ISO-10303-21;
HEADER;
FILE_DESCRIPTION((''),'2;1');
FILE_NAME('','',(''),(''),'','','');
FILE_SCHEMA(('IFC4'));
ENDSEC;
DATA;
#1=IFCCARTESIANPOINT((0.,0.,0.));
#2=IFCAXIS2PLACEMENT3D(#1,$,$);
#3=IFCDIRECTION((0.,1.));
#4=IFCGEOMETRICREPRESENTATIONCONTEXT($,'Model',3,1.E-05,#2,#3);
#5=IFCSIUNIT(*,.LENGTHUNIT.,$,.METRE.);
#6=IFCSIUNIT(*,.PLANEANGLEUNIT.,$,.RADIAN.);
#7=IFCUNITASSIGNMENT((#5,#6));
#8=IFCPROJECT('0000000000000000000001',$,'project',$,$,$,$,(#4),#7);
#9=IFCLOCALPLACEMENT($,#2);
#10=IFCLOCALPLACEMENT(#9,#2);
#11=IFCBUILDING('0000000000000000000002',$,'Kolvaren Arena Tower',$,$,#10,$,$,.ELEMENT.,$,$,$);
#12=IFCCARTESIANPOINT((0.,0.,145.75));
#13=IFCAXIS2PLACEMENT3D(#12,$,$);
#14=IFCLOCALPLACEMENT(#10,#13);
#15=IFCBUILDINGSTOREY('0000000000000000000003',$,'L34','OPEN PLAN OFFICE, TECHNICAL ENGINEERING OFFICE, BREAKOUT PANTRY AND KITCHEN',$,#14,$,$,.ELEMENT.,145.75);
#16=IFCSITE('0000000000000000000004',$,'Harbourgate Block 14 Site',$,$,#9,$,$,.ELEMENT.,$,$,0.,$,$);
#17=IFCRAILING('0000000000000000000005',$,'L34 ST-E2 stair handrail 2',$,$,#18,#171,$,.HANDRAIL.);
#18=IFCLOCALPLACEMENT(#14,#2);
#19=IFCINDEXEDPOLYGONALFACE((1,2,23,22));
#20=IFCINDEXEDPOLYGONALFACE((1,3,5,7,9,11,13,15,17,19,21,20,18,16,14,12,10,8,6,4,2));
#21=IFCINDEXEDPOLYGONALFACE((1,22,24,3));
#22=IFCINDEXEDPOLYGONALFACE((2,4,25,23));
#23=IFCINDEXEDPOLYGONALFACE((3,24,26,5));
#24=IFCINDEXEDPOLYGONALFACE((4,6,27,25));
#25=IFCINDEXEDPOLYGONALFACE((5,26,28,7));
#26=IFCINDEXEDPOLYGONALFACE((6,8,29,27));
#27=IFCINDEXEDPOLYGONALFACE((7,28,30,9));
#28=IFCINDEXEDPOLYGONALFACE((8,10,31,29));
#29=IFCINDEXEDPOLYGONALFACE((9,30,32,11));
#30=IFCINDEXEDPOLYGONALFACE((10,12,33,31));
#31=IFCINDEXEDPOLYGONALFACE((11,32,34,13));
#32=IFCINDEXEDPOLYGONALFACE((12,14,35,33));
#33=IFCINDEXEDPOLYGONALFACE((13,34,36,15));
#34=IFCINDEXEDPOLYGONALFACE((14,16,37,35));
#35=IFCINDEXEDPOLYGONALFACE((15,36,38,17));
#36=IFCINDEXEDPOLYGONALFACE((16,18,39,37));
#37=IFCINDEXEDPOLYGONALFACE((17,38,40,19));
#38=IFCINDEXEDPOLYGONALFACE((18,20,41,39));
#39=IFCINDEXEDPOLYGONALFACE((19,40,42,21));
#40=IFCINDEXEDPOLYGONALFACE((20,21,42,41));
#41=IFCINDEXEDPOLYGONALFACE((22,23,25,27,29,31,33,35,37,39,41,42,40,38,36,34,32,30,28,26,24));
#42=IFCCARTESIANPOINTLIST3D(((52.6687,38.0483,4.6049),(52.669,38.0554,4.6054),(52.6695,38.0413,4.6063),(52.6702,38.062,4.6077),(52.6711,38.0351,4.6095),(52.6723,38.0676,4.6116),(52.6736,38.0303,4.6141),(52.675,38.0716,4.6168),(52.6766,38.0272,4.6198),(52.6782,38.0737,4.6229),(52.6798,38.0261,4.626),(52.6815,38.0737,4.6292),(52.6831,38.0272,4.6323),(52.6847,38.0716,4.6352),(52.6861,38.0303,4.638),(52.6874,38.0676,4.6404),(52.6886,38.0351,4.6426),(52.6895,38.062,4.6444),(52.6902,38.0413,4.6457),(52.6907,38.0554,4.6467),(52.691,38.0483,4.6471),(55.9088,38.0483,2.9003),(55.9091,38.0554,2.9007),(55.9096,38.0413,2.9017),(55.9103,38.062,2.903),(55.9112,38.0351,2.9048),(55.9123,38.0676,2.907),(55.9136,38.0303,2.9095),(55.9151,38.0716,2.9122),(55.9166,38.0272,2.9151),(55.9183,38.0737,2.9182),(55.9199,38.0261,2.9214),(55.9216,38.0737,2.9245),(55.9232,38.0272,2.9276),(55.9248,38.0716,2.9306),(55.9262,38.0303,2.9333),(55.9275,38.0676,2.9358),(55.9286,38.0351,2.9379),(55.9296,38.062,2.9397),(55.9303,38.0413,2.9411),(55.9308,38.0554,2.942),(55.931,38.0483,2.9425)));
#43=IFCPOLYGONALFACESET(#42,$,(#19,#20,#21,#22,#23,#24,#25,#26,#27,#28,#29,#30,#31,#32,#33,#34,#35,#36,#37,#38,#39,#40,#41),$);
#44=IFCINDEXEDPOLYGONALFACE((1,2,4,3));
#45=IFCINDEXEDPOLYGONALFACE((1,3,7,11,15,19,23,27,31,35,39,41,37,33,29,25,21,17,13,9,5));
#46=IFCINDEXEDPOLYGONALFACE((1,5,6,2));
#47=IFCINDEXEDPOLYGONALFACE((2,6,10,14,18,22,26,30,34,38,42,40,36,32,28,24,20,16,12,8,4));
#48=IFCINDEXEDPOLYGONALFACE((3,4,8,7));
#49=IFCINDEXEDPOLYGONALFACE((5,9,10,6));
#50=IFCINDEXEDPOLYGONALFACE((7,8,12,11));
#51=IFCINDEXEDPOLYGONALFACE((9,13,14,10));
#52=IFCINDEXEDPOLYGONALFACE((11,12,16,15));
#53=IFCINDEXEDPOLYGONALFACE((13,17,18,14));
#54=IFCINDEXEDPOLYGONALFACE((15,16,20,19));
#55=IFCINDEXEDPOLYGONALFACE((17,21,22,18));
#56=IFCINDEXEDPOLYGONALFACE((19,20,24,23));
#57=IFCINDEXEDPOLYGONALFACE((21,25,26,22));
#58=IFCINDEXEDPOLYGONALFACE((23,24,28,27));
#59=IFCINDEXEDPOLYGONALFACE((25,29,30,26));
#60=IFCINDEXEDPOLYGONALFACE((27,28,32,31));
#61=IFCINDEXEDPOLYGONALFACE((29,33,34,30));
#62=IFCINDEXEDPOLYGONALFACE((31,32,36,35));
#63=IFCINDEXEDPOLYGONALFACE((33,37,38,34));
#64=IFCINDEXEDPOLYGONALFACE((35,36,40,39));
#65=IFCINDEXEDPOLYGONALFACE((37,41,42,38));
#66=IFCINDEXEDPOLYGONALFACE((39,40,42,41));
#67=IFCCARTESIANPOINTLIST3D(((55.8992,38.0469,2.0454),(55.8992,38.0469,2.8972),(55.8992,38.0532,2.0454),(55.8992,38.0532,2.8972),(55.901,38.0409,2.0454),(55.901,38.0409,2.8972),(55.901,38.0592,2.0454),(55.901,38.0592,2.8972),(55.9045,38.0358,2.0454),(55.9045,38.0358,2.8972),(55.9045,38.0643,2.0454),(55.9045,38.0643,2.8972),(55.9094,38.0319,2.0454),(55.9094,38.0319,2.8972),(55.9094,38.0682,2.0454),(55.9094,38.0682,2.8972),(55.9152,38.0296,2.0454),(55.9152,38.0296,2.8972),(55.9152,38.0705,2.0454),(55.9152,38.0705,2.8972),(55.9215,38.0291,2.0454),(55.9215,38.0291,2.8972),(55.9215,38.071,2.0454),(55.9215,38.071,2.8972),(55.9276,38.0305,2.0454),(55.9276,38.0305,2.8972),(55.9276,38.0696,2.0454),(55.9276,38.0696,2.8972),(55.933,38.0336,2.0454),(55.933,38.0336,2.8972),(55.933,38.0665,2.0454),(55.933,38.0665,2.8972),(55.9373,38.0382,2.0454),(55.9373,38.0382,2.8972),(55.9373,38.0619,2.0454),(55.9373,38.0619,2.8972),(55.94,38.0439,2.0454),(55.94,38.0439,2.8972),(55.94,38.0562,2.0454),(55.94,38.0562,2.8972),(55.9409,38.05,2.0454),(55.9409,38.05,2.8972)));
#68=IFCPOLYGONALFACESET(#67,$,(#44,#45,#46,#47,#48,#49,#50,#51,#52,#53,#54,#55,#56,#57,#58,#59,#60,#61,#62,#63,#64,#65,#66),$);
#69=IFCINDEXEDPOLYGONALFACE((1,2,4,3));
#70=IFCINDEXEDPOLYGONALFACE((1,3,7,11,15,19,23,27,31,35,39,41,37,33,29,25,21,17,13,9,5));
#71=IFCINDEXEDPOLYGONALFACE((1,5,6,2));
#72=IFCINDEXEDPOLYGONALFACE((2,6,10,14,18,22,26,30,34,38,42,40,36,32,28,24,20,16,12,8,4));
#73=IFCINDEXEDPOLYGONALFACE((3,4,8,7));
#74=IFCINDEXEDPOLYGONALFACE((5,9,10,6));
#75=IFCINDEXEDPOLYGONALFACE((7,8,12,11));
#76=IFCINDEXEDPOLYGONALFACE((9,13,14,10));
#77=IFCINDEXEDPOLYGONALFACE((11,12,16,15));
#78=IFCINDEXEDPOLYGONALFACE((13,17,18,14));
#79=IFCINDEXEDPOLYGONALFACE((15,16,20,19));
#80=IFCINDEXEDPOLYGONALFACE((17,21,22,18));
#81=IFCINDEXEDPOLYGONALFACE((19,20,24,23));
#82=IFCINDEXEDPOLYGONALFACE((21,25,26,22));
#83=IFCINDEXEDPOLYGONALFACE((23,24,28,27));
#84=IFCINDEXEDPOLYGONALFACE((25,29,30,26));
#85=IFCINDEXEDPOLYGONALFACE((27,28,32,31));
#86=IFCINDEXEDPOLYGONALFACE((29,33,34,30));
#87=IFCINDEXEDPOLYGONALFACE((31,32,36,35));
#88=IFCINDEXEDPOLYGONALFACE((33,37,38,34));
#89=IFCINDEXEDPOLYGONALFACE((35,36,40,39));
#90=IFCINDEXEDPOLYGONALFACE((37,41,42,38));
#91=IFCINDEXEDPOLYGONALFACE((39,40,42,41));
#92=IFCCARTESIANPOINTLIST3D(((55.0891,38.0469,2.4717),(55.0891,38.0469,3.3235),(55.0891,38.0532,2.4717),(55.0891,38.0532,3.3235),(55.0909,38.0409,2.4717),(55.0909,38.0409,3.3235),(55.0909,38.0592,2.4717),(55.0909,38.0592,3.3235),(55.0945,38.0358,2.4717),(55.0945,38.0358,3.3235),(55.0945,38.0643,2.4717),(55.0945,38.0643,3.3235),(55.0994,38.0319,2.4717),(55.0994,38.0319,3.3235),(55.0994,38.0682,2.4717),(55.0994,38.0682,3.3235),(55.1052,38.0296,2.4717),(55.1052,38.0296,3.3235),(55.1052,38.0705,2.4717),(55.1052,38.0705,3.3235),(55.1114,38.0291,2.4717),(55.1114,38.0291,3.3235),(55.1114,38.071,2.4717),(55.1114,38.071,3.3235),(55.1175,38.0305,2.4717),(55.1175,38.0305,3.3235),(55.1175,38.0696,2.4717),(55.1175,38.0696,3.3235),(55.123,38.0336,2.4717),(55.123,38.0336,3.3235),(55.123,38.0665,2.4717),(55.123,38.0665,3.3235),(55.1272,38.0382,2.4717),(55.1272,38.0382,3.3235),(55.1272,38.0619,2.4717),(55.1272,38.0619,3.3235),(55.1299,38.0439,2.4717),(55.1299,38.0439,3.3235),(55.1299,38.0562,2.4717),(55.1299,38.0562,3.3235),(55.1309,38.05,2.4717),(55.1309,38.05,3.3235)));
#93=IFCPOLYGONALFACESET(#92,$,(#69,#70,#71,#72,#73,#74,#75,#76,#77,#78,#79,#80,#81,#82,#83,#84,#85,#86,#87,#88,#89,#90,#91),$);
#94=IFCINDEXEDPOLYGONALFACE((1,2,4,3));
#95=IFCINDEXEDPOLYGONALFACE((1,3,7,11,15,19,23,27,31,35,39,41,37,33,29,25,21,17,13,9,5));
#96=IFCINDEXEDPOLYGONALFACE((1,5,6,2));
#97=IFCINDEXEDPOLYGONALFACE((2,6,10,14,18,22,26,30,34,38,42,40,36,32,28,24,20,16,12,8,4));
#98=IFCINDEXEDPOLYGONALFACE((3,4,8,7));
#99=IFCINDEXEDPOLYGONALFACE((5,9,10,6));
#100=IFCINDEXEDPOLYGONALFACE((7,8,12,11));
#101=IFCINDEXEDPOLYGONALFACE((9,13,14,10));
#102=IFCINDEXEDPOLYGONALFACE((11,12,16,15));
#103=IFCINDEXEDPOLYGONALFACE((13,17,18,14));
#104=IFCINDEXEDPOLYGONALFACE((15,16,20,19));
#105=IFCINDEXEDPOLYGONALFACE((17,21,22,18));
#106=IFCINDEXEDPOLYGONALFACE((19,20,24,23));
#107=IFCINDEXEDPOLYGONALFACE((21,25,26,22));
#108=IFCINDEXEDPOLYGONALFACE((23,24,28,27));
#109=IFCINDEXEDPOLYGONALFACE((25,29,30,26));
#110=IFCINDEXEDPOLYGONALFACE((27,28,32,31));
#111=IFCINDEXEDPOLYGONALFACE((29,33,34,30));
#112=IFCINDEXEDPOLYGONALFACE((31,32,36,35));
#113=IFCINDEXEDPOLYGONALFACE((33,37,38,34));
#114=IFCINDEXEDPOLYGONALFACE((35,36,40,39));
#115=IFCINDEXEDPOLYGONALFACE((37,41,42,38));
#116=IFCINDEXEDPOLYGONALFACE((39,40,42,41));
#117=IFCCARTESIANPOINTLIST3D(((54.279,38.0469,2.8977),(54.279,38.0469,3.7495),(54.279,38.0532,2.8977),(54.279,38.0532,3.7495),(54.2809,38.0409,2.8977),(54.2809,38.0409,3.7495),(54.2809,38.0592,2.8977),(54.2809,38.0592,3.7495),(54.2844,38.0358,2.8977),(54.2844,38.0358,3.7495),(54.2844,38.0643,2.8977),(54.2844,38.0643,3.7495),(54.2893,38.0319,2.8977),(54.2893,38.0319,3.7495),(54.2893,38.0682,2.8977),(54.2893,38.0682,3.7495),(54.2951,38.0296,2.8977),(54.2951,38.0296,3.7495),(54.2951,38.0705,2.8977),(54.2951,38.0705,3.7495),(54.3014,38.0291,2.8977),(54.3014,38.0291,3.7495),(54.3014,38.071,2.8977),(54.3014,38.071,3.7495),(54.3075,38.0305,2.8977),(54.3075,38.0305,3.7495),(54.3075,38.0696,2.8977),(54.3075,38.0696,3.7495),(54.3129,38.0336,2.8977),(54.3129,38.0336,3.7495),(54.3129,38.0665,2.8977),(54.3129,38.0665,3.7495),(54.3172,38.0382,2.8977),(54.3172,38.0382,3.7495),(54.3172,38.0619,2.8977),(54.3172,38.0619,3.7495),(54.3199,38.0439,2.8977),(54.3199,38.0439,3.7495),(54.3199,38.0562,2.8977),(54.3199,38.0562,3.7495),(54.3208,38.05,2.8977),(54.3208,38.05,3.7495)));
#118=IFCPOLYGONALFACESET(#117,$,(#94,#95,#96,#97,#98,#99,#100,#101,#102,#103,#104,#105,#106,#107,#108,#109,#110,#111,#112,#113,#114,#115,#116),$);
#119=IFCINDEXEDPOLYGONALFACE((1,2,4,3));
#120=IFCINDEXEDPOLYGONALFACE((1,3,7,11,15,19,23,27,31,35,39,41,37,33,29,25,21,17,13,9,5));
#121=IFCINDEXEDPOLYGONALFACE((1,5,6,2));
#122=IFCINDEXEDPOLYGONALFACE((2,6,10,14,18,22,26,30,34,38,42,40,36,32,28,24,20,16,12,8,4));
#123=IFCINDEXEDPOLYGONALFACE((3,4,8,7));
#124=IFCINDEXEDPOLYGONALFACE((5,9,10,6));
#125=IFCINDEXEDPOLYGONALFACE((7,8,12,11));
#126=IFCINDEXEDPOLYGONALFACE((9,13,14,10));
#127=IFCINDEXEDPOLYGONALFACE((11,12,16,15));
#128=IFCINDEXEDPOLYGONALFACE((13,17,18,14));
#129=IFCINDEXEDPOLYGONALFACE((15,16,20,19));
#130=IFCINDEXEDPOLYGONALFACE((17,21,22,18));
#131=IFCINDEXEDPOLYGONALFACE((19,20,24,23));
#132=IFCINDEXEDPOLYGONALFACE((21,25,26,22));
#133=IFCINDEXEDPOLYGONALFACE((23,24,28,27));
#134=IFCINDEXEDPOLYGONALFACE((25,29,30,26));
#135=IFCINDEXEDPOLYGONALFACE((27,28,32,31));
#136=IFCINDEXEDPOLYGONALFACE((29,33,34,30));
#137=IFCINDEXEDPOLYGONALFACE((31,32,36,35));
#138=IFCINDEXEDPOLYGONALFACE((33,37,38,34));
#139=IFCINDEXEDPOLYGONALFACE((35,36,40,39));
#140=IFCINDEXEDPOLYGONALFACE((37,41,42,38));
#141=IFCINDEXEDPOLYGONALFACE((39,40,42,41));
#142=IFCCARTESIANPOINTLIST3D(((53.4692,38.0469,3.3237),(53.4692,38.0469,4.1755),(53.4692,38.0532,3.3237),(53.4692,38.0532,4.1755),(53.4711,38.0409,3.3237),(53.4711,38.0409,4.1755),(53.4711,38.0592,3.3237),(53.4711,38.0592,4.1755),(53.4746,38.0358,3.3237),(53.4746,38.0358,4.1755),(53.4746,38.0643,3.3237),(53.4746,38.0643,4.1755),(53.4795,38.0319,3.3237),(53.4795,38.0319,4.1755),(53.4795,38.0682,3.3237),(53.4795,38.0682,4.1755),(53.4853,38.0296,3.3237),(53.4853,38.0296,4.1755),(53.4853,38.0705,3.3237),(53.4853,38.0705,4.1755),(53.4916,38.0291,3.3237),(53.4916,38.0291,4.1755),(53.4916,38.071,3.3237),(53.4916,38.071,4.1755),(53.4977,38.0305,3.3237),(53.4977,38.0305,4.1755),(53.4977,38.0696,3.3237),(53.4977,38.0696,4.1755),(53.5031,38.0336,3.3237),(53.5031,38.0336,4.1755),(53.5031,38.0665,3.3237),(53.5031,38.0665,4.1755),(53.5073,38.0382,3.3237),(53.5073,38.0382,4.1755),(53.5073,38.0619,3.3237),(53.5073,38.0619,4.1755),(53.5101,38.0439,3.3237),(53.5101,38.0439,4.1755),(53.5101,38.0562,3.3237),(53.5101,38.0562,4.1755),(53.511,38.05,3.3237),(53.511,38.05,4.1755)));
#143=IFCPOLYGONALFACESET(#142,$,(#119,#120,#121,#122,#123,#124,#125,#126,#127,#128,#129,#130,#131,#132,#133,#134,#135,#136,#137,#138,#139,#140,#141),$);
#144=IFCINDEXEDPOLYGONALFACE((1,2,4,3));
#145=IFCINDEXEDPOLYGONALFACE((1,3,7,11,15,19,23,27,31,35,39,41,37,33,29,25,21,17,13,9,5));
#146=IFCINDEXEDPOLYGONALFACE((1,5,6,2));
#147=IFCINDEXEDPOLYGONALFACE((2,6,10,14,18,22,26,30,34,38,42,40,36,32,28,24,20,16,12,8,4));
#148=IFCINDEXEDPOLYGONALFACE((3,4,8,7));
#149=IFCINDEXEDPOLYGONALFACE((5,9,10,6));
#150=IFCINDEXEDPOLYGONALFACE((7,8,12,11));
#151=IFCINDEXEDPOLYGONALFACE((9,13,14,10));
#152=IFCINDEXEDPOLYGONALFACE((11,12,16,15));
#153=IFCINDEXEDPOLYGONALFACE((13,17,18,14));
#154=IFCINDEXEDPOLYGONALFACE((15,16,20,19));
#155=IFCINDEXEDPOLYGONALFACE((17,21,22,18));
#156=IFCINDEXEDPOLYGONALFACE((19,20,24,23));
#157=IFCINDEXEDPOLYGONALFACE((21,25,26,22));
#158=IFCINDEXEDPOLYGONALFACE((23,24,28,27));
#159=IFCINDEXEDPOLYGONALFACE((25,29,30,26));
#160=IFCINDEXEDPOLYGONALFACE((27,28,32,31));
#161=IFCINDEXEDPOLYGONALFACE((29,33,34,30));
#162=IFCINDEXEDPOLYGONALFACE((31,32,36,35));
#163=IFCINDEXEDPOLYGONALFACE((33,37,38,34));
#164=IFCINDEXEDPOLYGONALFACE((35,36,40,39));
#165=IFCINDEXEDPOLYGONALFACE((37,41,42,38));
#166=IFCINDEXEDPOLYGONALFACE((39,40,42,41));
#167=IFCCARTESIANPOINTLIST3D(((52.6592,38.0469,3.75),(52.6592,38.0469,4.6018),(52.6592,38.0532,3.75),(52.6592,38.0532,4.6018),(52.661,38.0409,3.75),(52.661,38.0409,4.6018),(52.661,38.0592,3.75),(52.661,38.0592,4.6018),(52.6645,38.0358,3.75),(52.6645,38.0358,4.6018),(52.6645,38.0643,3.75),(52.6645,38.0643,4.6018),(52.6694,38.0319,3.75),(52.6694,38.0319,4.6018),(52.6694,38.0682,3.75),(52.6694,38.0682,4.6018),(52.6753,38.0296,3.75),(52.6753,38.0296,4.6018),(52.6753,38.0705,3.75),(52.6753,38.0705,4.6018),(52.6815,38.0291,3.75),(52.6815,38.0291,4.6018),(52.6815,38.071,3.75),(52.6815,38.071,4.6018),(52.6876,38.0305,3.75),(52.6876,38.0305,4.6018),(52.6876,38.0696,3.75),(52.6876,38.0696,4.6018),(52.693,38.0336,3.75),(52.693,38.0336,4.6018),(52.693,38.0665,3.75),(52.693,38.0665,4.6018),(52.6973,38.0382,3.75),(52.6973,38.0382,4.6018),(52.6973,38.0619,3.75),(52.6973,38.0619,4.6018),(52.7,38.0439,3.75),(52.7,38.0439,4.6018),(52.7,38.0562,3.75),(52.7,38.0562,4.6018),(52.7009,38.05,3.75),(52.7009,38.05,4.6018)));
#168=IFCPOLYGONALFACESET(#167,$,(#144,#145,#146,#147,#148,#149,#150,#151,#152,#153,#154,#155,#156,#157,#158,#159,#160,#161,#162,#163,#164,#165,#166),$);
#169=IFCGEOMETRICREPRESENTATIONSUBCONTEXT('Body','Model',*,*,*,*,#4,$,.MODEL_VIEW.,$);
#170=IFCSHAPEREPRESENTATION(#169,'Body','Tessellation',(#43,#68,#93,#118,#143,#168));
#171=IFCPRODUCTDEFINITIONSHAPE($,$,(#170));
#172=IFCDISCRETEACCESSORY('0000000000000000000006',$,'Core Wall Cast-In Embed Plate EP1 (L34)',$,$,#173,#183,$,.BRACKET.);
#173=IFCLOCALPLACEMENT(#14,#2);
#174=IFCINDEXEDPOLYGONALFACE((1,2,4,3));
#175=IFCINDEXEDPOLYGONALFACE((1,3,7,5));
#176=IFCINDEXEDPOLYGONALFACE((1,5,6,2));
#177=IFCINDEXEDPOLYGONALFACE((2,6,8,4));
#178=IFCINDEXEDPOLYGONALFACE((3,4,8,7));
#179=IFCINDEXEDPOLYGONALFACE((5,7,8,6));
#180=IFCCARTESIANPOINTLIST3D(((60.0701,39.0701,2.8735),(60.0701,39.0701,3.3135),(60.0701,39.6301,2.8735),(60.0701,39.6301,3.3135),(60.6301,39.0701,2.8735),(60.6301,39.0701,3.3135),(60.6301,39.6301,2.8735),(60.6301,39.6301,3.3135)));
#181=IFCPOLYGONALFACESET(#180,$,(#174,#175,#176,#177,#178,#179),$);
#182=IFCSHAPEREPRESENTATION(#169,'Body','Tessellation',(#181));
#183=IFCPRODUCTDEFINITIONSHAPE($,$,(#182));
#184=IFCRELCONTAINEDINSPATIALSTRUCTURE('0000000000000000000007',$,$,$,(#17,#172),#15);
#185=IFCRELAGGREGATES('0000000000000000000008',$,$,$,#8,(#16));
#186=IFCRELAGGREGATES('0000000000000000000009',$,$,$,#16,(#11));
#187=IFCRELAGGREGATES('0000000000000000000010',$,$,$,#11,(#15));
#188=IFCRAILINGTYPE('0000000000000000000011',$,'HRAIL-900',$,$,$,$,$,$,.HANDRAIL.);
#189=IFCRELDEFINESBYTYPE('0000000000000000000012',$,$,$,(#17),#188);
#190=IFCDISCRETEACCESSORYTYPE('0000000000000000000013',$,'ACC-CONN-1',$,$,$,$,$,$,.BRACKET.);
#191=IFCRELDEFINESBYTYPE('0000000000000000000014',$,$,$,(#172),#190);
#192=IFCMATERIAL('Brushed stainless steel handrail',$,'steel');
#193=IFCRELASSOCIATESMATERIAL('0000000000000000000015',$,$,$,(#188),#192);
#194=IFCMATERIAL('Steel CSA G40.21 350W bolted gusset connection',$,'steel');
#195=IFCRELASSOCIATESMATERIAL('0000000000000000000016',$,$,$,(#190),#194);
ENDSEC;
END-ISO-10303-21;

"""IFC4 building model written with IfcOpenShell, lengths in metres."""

from ifc_helpers import new_model, si_unit, direction, frame, origin, origin_2d, place, context, subcontext, project, spatial, rectangle, circle, extrude, material, type_object, element, save


model = new_model("IFC4")

# Units and contexts
model_context = context("Model", 3, precision=1e-05, world=origin(), true_north=direction((0.0, 1.0)))
body_context = subcontext(model_context, "Body", "Model", "MODEL_VIEW")
ifc_project = project(units=[si_unit("LENGTHUNIT", "METRE"), si_unit("PLANEANGLEUNIT", "RADIAN")], contexts=[model_context])

# Site, building, storey
site_placement = place(None, origin())
site = spatial("IfcSite", under=ifc_project, at=site_placement, Name="Harbourgate Block 14 Site", CompositionType="ELEMENT", RefElevation=0.0)
building_placement = place(site_placement, origin())
building = spatial("IfcBuilding", under=site, at=building_placement, Name="Kolvaren Arena Tower", CompositionType="ELEMENT")
storey_placement = place(building_placement, frame((0.0, 0.0, 145.75)))
storey = spatial("IfcBuildingStorey", under=building, at=storey_placement, Name="L34", Description="OPEN PLAN OFFICE, TECHNICAL ENGINEERING OFFICE, BREAKOUT PANTRY AND KITCHEN", CompositionType="ELEMENT", Elevation=145.75)

# Railing
ifc_material_1 = material(Name="Brushed stainless steel handrail", Category="steel")
railing_type_1 = type_object("IfcRailingType", Name="HRAIL-900", PredefinedType="HANDRAIL", material=ifc_material_1)
for number, where, name in (
    (1, (55.9199, 38.05, 2.0454), "L34 ST-E2 stair handrail 2"),
):
    element("IfcRailing", number, at=place(storey_placement, frame(where)), inside=storey, type_object=railing_type_1, Name=name, PredefinedType="HANDRAIL", context=body_context, shape_type="SweptSolid", body=[
        extrude(circle(Radius=0.0239, at=origin_2d()), frame((0.0, 0.0, 0.876), z_axis=(-0.884993, 0.0, 0.465604), x_axis=(0.0, -1.0, 0.0)), (0.0, 0.0, 1.0), 3.6611),
        extrude(circle(Radius=0.021, at=origin_2d()), origin(), (0.0, 0.0, 1.0), 0.8518),
        extrude(circle(Radius=0.021, at=origin_2d()), frame((-0.8101, 0.0, 0.4263)), (0.0, 0.0, 1.0), 0.8518),
        extrude(circle(Radius=0.021, at=origin_2d()), frame((-1.6201, 0.0, 0.8523)), (0.0, 0.0, 1.0), 0.8518),
        extrude(circle(Radius=0.021, at=origin_2d()), frame((-2.4299, 0.0, 1.2783)), (0.0, 0.0, 1.0), 0.8518),
        extrude(circle(Radius=0.021, at=origin_2d()), frame((-3.24, 0.0, 1.7046)), (0.0, 0.0, 1.0), 0.8518),
    ])

# Discrete accessory
ifc_material_2 = material(Name="Steel CSA G40.21 350W bolted gusset connection", Category="steel")
discrete_accessory_type = type_object("IfcDiscreteAccessoryType", Name="ACC-CONN-1", PredefinedType="BRACKET", material=ifc_material_2)
discrete_accessory_placement = place(storey_placement, frame((60.3501, 39.3501, 2.8735), z_axis=(0.0, 0.0, 1.0), x_axis=(1.0, 0.0, 0.0)))
element("IfcDiscreteAccessory", 2, at=discrete_accessory_placement, inside=storey, type_object=discrete_accessory_type, Name="Core Wall Cast-In Embed Plate EP1 (L34)", PredefinedType="BRACKET", context=body_context, shape_type="SweptSolid", body=[
    extrude(rectangle(XDim=0.5601, YDim=0.5601, at=origin_2d()), origin(), (0.0, 0.0, 1.0), 0.4399),
])

save(model, "model.ifc")
